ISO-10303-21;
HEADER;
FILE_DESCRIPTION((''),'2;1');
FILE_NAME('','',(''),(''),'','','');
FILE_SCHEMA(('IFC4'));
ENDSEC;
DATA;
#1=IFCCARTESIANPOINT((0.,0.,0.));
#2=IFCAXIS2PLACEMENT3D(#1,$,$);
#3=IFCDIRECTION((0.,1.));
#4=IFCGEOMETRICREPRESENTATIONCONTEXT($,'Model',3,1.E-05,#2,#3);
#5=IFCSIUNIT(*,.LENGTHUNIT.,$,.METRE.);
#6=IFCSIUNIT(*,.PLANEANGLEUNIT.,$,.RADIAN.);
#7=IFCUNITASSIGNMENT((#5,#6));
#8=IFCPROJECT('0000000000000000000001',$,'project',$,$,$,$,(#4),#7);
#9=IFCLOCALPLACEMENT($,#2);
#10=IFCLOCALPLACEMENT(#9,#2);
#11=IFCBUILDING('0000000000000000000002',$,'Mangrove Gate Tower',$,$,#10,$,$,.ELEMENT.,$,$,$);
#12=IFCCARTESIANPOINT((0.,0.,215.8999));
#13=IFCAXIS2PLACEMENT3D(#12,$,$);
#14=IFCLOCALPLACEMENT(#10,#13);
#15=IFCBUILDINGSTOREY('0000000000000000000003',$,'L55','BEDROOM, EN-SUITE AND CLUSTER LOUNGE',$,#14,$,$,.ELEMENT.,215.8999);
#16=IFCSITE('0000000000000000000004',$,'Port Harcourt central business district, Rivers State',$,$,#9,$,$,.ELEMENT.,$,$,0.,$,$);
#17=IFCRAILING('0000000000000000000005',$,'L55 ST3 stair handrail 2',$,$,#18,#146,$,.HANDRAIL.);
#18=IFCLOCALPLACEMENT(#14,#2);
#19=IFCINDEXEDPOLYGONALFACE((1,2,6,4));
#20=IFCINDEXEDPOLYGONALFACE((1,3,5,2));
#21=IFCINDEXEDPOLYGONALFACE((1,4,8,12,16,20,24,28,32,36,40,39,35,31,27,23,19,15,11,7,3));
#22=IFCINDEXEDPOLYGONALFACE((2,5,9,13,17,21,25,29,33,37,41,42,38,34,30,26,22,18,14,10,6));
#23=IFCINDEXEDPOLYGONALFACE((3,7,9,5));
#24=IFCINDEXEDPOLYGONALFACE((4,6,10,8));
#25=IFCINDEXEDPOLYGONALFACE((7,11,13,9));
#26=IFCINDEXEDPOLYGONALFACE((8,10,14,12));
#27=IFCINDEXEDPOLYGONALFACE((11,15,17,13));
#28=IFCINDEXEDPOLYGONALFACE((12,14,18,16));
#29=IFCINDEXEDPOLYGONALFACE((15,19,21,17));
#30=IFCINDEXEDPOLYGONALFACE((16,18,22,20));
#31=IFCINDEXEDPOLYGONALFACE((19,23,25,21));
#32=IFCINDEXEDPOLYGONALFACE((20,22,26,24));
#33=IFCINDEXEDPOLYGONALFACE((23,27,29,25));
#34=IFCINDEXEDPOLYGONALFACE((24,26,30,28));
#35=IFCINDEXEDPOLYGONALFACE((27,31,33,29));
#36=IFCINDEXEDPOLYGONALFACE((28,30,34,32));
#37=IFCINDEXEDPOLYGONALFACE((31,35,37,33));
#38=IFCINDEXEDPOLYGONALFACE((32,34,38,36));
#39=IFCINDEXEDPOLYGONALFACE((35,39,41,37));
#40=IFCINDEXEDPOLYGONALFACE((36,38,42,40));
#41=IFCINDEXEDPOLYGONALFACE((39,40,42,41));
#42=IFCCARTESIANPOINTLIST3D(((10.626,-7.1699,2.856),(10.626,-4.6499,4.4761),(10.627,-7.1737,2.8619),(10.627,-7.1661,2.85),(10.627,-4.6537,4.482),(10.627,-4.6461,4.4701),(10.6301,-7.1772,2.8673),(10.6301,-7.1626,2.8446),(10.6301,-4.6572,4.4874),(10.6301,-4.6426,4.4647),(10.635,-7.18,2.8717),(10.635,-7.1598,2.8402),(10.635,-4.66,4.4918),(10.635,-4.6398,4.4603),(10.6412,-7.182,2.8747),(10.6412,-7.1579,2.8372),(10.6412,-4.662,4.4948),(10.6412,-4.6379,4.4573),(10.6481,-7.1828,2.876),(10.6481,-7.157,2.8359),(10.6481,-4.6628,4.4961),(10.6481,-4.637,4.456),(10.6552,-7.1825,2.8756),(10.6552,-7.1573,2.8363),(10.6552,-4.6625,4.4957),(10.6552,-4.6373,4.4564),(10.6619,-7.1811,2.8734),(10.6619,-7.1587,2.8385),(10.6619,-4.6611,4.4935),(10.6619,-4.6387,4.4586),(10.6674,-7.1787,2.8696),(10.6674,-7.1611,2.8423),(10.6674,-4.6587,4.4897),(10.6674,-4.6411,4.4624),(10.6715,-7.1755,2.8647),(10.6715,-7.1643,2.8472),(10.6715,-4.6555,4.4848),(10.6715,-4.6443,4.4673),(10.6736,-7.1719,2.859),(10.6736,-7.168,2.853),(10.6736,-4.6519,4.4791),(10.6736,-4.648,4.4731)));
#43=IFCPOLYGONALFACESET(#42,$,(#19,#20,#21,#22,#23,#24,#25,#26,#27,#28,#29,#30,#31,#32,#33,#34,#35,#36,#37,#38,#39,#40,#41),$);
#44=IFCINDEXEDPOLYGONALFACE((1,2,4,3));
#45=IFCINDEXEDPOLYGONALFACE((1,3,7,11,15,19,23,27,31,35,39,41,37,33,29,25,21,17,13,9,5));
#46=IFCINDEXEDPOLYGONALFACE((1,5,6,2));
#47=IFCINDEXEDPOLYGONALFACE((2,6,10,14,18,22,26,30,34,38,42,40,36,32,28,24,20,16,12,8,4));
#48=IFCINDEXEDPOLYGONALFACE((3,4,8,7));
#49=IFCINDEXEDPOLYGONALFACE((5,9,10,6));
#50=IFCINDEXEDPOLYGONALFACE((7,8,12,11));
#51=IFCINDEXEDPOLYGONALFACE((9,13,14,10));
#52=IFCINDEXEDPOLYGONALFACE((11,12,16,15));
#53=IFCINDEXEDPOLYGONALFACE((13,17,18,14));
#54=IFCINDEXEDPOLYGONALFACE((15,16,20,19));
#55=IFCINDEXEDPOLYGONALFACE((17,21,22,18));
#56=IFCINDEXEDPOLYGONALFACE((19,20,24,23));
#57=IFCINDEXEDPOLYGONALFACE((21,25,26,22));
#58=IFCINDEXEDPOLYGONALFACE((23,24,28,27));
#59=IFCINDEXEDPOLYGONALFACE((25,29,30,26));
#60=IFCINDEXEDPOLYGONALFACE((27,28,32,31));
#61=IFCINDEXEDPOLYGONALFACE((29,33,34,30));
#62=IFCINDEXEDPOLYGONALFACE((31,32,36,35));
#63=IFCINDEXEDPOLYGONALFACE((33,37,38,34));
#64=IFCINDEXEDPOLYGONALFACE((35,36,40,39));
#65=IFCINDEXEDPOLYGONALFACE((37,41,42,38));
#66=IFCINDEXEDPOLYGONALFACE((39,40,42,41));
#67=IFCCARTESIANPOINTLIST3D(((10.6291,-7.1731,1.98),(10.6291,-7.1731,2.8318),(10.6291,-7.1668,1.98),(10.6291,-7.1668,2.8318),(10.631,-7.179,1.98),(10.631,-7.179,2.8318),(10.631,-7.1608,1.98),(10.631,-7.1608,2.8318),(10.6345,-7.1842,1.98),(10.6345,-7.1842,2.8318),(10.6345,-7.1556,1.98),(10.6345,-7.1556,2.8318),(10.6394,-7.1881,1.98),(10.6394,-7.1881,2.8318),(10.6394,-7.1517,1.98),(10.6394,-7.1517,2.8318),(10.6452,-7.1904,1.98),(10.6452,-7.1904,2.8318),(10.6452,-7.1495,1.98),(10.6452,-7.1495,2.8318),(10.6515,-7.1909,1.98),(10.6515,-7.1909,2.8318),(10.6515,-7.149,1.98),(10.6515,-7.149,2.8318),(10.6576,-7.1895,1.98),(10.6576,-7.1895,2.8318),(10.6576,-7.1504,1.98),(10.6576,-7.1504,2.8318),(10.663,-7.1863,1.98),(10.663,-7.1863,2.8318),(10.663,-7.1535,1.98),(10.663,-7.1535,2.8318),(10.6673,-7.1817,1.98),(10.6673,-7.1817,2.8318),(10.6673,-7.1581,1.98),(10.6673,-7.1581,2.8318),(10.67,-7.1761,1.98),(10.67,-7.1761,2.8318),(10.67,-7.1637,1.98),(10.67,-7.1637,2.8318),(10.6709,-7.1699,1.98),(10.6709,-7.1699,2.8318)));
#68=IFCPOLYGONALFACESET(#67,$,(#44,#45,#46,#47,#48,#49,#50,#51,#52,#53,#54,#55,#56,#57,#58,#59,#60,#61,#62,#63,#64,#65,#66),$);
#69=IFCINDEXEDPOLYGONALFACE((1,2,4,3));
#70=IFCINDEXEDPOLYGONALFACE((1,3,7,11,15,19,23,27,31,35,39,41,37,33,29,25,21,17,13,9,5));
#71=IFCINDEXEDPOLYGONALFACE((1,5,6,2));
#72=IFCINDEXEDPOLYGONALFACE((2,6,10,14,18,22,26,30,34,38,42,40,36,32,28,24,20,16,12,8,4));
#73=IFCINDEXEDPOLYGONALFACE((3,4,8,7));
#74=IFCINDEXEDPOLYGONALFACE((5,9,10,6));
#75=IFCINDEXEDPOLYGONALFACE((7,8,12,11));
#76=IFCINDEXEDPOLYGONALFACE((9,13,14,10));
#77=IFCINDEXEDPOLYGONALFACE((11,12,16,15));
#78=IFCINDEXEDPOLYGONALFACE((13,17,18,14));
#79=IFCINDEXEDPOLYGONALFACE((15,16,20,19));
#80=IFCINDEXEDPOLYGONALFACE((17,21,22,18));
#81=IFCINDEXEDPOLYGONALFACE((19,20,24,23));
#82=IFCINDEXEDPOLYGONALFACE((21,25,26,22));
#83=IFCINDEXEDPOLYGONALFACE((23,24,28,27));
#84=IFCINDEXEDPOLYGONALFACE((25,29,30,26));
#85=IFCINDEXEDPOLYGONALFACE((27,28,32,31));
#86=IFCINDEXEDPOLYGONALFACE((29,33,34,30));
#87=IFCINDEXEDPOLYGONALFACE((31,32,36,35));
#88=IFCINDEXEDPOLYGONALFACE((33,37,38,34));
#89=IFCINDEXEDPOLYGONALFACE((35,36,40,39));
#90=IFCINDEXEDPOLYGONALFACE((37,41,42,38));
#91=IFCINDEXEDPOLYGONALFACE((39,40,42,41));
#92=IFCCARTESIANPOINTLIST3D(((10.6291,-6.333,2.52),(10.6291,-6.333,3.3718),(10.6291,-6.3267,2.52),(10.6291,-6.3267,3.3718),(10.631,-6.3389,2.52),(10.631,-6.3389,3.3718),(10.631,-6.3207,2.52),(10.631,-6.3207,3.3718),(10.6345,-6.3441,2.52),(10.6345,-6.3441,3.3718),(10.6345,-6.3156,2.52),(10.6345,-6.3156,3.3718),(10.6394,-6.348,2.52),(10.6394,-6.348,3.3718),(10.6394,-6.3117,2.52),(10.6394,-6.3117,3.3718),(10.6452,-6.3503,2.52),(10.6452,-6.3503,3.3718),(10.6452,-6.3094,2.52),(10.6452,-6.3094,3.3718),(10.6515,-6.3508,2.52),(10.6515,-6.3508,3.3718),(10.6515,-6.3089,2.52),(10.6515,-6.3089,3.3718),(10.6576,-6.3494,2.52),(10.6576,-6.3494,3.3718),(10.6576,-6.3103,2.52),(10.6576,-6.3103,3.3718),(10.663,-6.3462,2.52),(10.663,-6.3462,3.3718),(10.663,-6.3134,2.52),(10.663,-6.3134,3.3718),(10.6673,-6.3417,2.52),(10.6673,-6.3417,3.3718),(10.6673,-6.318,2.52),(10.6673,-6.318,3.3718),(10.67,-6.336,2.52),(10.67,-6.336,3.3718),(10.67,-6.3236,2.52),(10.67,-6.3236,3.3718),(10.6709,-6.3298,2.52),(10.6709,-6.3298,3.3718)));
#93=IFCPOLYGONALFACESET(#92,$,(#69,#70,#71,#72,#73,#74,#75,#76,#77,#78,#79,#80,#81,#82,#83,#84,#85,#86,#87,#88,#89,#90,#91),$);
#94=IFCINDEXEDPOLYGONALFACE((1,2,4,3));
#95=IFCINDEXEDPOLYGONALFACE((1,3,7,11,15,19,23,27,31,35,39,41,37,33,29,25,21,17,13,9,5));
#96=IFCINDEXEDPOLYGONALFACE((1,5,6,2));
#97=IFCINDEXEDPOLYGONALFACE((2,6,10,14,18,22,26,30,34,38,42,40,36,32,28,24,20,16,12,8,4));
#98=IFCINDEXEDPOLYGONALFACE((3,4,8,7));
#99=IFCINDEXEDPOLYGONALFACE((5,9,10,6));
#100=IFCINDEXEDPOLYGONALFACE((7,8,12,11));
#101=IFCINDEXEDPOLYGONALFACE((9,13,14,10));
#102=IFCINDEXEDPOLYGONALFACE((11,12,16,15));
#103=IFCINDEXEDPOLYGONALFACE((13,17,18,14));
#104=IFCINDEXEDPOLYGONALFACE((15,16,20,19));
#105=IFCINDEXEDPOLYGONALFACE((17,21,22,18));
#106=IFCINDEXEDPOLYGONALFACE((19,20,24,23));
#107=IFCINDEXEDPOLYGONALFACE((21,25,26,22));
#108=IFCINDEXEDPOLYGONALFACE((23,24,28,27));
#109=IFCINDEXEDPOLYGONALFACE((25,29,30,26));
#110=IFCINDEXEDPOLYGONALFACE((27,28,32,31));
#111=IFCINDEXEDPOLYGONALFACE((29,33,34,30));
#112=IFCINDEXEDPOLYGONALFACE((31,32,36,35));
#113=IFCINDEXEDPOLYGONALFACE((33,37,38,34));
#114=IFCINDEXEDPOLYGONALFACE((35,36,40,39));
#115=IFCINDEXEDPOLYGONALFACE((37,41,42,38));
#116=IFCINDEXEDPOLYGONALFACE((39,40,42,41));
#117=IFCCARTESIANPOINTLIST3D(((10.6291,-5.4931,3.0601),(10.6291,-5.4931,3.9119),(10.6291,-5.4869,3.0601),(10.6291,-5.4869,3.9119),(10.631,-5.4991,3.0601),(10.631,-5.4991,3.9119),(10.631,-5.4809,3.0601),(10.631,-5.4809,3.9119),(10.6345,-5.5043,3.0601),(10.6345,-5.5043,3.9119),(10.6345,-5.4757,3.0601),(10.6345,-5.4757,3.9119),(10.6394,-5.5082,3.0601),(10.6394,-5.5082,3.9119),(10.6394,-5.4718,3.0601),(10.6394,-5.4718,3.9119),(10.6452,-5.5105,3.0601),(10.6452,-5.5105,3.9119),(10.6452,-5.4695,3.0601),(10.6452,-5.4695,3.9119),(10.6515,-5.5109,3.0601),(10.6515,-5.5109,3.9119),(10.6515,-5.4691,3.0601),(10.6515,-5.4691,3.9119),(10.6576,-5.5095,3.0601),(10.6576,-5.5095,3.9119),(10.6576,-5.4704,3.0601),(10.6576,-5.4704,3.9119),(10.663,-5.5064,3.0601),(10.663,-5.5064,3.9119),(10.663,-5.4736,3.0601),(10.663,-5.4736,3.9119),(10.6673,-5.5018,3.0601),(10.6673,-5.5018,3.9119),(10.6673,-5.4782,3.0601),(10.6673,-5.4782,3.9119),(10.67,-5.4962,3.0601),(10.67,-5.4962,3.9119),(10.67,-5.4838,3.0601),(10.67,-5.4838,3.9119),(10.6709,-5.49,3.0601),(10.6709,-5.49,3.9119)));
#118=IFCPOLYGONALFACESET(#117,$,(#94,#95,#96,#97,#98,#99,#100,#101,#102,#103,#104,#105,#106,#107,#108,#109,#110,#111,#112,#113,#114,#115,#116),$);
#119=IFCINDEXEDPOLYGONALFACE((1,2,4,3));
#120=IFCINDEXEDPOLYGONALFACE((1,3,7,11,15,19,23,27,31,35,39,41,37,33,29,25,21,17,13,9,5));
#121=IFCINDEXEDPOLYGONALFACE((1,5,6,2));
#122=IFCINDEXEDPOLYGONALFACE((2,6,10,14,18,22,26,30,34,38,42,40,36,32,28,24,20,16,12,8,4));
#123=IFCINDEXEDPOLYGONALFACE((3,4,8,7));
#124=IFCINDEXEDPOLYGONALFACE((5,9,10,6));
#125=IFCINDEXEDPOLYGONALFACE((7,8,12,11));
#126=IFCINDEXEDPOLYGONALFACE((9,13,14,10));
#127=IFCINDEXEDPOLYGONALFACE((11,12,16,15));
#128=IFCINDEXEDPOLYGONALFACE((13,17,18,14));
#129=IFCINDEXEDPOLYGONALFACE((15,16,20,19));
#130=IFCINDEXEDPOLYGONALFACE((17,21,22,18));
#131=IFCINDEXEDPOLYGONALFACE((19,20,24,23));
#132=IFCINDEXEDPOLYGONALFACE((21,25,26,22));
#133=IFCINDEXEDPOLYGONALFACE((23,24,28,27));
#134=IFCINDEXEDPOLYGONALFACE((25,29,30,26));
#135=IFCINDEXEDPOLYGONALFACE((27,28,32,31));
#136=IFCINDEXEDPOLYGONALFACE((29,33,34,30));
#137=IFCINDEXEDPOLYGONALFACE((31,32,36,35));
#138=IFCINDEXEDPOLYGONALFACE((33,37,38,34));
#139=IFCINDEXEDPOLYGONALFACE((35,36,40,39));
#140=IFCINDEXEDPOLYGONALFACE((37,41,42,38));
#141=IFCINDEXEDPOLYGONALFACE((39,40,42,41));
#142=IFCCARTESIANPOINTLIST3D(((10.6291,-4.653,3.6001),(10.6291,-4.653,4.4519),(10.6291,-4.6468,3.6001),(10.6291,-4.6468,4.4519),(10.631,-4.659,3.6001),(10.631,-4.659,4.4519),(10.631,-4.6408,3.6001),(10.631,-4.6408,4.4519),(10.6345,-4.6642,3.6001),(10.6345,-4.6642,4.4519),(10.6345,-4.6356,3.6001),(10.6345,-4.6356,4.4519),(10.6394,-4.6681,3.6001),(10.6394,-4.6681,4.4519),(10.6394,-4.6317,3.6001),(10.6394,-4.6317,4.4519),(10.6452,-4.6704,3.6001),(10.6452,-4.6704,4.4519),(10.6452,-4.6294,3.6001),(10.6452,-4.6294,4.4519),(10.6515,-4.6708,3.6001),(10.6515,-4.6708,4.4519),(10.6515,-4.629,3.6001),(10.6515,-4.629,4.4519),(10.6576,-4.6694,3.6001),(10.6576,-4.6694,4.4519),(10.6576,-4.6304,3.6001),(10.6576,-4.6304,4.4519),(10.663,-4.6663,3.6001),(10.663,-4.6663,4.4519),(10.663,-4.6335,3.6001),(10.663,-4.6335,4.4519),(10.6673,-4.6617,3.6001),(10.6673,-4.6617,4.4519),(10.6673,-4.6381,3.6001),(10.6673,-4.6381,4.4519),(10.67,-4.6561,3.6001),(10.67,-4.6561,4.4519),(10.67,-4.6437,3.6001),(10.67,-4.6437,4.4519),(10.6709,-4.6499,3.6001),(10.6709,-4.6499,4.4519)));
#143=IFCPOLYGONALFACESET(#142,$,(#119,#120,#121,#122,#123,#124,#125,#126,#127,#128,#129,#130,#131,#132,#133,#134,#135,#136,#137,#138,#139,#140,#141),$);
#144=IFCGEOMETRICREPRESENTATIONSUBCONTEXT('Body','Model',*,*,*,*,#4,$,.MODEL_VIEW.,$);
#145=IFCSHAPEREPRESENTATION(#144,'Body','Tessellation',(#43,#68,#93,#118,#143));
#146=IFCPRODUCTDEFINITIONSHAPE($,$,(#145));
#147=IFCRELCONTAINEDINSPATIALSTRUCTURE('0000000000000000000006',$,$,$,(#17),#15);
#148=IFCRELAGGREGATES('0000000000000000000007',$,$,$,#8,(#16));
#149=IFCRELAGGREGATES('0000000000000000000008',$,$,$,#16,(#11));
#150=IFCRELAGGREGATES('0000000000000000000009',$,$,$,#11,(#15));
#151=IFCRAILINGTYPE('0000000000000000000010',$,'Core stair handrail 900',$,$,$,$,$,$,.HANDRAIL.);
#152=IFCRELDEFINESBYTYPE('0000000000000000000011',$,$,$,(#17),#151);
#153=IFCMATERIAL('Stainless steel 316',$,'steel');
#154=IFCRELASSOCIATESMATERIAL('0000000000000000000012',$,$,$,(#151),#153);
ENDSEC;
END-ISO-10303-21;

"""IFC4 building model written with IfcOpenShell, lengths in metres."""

from ifc_helpers import new_model, si_unit, direction, frame, origin, origin_2d, place, context, subcontext, project, spatial, circle, extrude, material, type_object, element, save


model = new_model("IFC4")

# Units and contexts
model_context = context("Model", 3, precision=1e-05, world=origin(), true_north=direction((0.0, 1.0)))
body_context = subcontext(model_context, "Body", "Model", "MODEL_VIEW")
ifc_project = project(units=[si_unit("LENGTHUNIT", "METRE"), si_unit("PLANEANGLEUNIT", "RADIAN")], contexts=[model_context])

# Site, building, storey
site_placement = place(None, origin())
site = spatial("IfcSite", under=ifc_project, at=site_placement, Name="Port Harcourt central business district, Rivers State", CompositionType="ELEMENT", RefElevation=0.0)
building_placement = place(site_placement, origin())
building = spatial("IfcBuilding", under=site, at=building_placement, Name="Mangrove Gate Tower", CompositionType="ELEMENT")
storey_placement = place(building_placement, frame((0.0, 0.0, 215.8999)))
storey = spatial("IfcBuildingStorey", under=building, at=storey_placement, Name="L55", Description="BEDROOM, EN-SUITE AND CLUSTER LOUNGE", CompositionType="ELEMENT", Elevation=215.8999)

# Railing
ifc_material_1 = material(Name="Stainless steel 316", Category="steel")
railing_type_1 = type_object("IfcRailingType", Name="Core stair handrail 900", PredefinedType="HANDRAIL", material=ifc_material_1)
railing_1_placement = place(storey_placement, frame((10.6499, -7.1699, 1.98)))
element("IfcRailing", 1, at=railing_1_placement, inside=storey, type_object=railing_type_1, Name="L55 ST3 stair handrail 2", PredefinedType="HANDRAIL", context=body_context, shape_type="SweptSolid", body=[
    extrude(circle(Radius=0.0239, at=origin_2d()), frame((0.0, 0.0, 0.876), z_axis=(0.0, 0.841163, 0.540782), x_axis=(-1.0, 0.0, 0.0)), (0.0, 0.0, 1.0), 2.9958),
    extrude(circle(Radius=0.021, at=origin_2d()), origin(), (0.0, 0.0, 1.0), 0.8518),
    extrude(circle(Radius=0.021, at=origin_2d()), frame((0.0, 0.8401, 0.54)), (0.0, 0.0, 1.0), 0.8518),
    extrude(circle(Radius=0.021, at=origin_2d()), frame((0.0, 1.6799, 1.0801)), (0.0, 0.0, 1.0), 0.8518),
    extrude(circle(Radius=0.021, at=origin_2d()), frame((0.0, 2.52, 1.6201)), (0.0, 0.0, 1.0), 0.8518),
])

save(model, "model.ifc")
